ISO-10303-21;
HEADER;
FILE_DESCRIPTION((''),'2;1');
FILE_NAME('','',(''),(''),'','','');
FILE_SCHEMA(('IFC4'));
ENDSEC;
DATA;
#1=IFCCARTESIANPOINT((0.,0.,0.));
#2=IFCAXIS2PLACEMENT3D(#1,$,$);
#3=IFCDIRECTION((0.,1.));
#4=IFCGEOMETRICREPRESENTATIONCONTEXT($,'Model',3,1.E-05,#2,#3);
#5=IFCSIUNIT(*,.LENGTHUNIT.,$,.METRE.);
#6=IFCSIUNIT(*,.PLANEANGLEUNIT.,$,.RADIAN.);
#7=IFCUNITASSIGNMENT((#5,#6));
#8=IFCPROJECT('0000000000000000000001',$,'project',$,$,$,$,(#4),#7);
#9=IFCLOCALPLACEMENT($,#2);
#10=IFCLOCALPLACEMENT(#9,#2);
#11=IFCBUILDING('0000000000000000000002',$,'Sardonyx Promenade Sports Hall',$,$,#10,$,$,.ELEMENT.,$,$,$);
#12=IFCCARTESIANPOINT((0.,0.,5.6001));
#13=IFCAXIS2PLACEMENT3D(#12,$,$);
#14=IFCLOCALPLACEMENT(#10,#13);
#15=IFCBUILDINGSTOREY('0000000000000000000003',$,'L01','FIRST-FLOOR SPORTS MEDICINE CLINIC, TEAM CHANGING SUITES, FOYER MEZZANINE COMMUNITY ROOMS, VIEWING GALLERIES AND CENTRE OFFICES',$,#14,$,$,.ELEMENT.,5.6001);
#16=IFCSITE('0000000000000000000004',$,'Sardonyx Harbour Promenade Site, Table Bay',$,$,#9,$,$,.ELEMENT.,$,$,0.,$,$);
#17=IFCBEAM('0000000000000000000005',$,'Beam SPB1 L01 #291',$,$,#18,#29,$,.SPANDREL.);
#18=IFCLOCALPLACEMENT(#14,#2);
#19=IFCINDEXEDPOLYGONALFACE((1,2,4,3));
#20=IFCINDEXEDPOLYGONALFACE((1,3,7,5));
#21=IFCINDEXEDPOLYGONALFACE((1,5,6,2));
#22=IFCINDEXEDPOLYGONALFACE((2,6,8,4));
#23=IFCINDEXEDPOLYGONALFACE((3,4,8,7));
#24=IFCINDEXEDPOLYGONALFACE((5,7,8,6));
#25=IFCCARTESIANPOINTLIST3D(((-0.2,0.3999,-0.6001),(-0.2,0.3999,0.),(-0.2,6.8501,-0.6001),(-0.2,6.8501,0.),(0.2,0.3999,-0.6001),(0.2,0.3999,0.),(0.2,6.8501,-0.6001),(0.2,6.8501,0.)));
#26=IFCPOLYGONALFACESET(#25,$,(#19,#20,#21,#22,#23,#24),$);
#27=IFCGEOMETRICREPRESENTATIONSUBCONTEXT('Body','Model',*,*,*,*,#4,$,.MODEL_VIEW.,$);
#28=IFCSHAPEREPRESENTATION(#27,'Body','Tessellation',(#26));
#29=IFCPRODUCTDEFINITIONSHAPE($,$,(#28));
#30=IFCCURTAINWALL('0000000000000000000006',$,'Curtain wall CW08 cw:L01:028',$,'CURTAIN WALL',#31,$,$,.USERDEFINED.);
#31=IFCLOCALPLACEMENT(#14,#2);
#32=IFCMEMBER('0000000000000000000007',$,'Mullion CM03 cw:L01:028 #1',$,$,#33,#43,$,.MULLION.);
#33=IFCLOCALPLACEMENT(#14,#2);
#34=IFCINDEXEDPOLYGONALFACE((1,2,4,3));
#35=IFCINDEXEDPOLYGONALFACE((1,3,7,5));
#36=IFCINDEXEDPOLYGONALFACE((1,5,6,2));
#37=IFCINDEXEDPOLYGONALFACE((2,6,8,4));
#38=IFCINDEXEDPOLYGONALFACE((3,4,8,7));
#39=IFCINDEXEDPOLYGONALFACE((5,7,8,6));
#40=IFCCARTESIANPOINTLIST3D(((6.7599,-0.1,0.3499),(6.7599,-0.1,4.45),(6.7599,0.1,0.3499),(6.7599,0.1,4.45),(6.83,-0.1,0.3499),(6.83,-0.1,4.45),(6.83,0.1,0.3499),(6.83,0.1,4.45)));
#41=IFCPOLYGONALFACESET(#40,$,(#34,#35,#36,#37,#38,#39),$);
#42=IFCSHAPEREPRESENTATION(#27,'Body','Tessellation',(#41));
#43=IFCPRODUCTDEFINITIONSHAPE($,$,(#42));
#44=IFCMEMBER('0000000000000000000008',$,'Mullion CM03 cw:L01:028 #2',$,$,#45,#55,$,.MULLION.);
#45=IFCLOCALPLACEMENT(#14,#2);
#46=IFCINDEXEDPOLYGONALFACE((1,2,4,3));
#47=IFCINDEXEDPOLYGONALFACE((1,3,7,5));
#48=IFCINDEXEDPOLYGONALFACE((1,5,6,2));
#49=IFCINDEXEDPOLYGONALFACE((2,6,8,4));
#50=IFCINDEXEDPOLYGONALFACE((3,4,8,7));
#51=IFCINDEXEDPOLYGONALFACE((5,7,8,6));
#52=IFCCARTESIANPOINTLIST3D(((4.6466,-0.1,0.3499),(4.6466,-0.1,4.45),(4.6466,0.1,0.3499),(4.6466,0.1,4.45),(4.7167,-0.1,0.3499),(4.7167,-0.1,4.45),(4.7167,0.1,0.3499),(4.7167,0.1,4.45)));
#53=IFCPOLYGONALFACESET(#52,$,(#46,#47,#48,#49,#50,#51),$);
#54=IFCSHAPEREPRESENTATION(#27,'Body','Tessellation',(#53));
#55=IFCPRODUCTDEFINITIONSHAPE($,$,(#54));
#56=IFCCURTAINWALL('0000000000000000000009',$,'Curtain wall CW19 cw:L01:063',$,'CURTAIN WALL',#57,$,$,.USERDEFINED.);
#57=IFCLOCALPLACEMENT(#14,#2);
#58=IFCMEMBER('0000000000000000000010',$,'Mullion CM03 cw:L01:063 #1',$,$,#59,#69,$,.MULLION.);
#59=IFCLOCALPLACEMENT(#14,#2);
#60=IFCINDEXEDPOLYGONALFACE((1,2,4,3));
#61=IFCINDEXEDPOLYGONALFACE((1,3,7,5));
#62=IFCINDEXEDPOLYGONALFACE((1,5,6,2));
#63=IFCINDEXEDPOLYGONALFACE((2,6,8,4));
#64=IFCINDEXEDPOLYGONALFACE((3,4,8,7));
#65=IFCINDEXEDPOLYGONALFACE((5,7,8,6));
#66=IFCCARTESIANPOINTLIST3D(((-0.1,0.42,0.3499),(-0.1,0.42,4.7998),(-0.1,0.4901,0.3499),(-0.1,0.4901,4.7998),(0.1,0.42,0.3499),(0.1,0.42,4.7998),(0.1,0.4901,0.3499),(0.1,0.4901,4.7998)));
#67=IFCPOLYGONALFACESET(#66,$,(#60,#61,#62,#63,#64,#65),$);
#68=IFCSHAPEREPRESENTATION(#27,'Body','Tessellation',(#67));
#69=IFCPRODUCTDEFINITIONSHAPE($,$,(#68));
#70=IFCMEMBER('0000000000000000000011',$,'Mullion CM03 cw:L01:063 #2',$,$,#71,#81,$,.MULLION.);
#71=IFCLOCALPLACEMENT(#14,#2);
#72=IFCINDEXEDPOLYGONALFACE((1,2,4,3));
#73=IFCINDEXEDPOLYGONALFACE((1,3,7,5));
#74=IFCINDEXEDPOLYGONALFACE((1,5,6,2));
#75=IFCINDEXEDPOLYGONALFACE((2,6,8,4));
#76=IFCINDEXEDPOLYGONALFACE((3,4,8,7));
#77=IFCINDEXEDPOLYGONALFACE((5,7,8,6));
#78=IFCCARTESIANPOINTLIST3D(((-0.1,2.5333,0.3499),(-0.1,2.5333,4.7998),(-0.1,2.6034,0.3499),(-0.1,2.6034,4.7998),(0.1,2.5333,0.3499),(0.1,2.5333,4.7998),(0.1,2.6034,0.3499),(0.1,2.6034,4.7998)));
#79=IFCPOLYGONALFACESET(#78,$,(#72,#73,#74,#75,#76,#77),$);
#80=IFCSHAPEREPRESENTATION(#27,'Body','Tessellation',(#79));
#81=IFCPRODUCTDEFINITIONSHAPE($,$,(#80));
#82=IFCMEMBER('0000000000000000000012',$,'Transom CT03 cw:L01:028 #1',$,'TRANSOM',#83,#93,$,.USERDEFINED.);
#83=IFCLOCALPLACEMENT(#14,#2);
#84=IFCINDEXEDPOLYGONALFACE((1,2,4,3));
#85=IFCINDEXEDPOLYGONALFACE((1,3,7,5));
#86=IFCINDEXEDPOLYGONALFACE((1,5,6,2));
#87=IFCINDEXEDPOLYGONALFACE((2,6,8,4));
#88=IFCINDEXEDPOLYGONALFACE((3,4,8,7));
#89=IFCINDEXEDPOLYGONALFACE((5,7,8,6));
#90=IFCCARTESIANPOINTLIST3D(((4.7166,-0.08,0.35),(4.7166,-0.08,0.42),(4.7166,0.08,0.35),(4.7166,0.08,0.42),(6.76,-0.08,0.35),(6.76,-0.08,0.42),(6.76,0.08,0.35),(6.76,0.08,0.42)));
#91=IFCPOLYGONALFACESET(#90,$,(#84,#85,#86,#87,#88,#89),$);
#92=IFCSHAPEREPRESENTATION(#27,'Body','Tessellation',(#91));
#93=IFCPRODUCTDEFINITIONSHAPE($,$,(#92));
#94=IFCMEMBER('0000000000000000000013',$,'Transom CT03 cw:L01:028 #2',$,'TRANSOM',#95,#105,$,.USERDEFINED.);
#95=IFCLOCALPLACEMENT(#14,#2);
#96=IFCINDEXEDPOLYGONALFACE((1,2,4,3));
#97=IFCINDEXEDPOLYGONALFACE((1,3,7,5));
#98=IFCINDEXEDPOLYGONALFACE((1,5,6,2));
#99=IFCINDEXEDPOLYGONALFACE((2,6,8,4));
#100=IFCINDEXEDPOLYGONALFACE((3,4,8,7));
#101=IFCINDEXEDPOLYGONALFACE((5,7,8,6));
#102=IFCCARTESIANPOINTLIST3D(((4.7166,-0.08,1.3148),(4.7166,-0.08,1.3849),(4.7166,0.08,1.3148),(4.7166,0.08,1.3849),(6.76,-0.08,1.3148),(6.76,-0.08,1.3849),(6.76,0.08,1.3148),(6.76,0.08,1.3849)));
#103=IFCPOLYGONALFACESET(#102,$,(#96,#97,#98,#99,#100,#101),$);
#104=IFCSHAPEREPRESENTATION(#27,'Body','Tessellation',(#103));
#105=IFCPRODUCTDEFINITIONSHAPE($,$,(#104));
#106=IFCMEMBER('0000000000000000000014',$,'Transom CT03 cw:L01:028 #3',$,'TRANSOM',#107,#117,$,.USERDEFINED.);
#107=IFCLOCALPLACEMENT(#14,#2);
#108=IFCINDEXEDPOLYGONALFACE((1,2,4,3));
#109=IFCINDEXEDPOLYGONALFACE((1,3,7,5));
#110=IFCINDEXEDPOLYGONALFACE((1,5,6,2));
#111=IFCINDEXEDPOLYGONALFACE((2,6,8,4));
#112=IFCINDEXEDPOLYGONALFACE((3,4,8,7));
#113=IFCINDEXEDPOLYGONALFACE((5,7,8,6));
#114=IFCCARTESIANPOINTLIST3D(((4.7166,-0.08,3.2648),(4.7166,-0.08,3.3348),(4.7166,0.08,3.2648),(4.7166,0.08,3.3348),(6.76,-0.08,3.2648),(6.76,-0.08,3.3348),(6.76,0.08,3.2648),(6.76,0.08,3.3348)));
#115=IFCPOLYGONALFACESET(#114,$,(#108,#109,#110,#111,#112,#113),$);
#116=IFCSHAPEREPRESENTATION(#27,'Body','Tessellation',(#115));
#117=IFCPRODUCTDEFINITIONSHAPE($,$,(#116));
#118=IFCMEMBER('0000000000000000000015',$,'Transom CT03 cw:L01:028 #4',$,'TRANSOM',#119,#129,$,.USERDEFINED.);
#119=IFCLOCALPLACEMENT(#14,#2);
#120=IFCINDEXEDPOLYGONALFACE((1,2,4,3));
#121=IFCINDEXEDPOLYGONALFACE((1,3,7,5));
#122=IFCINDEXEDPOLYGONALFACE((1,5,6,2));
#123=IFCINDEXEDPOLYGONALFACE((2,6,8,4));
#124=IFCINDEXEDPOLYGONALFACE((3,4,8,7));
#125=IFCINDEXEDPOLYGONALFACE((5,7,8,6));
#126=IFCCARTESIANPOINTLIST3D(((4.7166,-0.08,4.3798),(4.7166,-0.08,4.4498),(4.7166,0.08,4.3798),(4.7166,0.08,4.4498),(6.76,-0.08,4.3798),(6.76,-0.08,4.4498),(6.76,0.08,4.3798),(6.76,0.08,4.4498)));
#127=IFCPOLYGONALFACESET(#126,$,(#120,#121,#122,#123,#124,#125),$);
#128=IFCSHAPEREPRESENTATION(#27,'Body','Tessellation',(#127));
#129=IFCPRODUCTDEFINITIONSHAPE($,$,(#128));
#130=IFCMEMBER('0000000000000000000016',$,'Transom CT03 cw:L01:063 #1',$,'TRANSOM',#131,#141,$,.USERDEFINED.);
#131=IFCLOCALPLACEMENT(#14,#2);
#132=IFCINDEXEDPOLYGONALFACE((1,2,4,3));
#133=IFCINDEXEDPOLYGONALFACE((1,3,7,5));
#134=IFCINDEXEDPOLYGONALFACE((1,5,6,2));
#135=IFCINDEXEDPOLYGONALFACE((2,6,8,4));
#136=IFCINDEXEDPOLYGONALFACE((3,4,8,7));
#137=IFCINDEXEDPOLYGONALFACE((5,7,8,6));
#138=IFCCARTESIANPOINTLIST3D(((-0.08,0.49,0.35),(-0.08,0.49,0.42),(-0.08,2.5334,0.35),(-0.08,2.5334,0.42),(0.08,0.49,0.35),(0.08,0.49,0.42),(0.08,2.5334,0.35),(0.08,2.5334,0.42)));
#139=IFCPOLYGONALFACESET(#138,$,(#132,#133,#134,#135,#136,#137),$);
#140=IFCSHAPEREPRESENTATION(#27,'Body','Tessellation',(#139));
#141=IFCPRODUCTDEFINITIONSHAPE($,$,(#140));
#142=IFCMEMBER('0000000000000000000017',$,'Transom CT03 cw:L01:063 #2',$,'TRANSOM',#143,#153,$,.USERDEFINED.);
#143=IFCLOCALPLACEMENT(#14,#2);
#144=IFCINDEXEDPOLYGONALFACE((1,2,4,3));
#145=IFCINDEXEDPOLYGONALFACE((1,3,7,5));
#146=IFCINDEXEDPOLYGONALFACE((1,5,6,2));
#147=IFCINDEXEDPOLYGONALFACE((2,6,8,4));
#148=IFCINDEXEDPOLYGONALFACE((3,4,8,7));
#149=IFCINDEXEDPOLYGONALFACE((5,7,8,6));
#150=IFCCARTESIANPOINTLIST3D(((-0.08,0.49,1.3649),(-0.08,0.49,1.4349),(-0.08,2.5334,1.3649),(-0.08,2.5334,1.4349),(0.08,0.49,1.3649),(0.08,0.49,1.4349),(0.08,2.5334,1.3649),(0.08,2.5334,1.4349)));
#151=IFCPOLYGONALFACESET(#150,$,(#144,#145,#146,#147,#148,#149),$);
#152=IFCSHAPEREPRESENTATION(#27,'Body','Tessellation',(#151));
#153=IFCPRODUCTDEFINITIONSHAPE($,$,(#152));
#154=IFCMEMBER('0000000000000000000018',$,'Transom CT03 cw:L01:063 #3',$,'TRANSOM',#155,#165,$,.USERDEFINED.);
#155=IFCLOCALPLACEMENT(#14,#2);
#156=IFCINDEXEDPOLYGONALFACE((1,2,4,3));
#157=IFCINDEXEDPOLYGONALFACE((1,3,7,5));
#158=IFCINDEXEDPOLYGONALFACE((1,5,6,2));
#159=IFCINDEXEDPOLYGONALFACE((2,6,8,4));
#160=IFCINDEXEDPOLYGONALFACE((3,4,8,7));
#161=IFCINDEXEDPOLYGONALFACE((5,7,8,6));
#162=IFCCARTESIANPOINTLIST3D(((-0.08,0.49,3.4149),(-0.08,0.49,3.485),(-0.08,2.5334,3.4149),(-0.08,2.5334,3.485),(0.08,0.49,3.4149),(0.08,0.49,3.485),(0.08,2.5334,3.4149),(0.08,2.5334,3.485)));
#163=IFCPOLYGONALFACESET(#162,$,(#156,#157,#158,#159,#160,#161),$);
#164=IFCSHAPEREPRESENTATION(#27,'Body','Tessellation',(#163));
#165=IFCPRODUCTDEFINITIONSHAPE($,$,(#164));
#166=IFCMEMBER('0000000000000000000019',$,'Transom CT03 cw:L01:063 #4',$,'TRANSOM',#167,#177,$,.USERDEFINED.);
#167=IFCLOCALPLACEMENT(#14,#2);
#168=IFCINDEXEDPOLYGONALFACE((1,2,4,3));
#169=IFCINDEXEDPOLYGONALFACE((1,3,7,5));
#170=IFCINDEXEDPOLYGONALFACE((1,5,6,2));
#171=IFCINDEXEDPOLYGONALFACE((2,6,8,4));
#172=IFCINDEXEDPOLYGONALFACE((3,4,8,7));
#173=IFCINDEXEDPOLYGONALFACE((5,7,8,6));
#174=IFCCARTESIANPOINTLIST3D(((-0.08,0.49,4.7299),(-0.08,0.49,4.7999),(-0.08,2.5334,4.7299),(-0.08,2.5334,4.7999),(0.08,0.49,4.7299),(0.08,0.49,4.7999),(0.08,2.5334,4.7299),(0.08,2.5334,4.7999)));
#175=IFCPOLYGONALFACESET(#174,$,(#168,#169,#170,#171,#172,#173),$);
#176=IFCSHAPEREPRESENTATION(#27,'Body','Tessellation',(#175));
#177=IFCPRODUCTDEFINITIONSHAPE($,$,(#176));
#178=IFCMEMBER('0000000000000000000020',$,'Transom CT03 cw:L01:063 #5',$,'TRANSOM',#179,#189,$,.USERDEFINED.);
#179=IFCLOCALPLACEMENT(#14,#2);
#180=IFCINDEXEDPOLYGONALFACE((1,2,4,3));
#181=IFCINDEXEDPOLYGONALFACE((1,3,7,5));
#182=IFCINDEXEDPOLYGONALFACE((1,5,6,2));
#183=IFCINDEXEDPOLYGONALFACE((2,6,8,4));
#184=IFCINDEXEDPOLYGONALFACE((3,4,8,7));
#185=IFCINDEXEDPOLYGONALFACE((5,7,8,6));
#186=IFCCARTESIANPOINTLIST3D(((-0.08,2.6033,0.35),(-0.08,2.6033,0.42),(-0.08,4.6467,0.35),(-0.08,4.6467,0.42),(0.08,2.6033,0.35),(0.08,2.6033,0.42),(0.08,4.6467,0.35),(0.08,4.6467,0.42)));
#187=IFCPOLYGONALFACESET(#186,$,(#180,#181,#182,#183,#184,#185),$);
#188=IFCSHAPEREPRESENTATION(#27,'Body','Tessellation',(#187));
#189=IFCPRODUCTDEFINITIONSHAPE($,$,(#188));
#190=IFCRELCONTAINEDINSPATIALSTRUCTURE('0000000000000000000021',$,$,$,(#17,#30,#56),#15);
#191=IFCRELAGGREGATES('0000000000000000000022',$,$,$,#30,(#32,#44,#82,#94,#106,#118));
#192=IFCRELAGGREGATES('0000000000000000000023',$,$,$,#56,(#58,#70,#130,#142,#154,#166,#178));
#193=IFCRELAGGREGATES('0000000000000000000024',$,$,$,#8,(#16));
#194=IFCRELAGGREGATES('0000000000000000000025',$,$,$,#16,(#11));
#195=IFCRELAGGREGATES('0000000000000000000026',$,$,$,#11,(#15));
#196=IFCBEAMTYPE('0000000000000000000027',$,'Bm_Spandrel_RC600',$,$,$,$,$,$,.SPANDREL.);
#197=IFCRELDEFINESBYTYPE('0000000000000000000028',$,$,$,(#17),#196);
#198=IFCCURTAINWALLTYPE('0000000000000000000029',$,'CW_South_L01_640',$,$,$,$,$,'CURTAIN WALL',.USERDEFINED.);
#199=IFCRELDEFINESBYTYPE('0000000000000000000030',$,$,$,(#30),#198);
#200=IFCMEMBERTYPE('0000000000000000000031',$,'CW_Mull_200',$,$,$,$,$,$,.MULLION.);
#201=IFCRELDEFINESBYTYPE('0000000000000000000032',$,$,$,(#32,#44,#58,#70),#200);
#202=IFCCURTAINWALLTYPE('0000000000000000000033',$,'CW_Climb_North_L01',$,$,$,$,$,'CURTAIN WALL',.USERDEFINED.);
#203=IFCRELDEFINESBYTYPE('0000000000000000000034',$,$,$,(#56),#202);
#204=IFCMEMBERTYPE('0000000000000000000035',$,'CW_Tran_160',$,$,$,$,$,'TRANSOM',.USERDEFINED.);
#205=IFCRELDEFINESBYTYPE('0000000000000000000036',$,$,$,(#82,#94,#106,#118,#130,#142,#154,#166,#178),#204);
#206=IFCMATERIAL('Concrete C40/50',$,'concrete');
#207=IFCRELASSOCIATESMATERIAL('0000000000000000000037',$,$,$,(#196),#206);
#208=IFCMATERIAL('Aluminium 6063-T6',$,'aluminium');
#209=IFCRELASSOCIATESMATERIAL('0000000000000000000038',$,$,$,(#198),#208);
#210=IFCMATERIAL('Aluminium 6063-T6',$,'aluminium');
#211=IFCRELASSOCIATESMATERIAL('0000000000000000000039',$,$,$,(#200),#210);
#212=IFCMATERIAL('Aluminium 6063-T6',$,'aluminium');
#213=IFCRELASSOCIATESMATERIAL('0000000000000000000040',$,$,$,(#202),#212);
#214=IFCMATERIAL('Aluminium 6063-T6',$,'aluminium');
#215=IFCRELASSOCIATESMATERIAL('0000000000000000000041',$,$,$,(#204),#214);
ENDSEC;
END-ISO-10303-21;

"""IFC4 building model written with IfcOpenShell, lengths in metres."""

from ifc_helpers import new_model, si_unit, direction, frame, origin, origin_2d, place, context, subcontext, project, spatial, rectangle, extrude, material, material_profile, profile_set, type_object, element, aggregate, save


model = new_model("IFC4")

# Units and contexts
model_context = context("Model", 3, precision=1e-05, world=origin(), true_north=direction((0.0, 1.0)))
body_context = subcontext(model_context, "Body", "Model", "MODEL_VIEW")
ifc_project = project(units=[si_unit("LENGTHUNIT", "METRE"), si_unit("PLANEANGLEUNIT", "RADIAN")], contexts=[model_context])

# Site, building, storey
site_placement = place(None, origin())
site = spatial("IfcSite", under=ifc_project, at=site_placement, Name="Sardonyx Harbour Promenade Site, Table Bay", CompositionType="ELEMENT", RefElevation=0.0)
building_placement = place(site_placement, origin())
building = spatial("IfcBuilding", under=site, at=building_placement, Name="Sardonyx Promenade Sports Hall", CompositionType="ELEMENT")
storey_placement = place(building_placement, frame((0.0, 0.0, 5.6001)))
storey = spatial("IfcBuildingStorey", under=building, at=storey_placement, Name="L01", Description="FIRST-FLOOR SPORTS MEDICINE CLINIC, TEAM CHANGING SUITES, FOYER MEZZANINE COMMUNITY ROOMS, VIEWING GALLERIES AND CENTRE OFFICES", CompositionType="ELEMENT", Elevation=5.6001)

# Beam
ifc_material_1 = material(Name="Concrete C40/50", Category="concrete")
ifc_material_profile_1 = material_profile(ifc_material_1, rectangle(XDim=0.3999, YDim=0.6001, at=origin_2d()))
ifc_profile_set_1 = profile_set([ifc_material_profile_1], Name="Concrete C40/50")
beam_type = type_object("IfcBeamType", Name="Bm_Spandrel_RC600", PredefinedType="SPANDREL", material=ifc_profile_set_1)
beam_placement = place(storey_placement, frame((0.0, 0.3999, -0.3), z_axis=(0.0, 1.0, 0.0), x_axis=(-1.0, 0.0, 0.0)))
element("IfcBeam", 1, at=beam_placement, inside=storey, type_object=beam_type, Name="Beam SPB1 L01 #291", PredefinedType="SPANDREL", context=body_context, shape_type="SweptSolid", body=[
    extrude(rectangle(XDim=0.3999, YDim=0.6001, at=origin_2d()), origin(), (0.0, 0.0, 1.0), 6.4502),
])

# Curtain walls, members
ifc_material_2 = material(Name="Aluminium 6063-T6", Category="aluminium")
curtain_wall_type_1 = type_object("IfcCurtainWallType", Name="CW_South_L01_640", ElementType="CURTAIN WALL", PredefinedType="USERDEFINED", material=ifc_material_2)
curtain_wall_1_placement = place(storey_placement, origin())
curtain_wall_1 = element("IfcCurtainWall", 2, at=curtain_wall_1_placement, inside=storey, type_object=curtain_wall_type_1, Name="Curtain wall CW08 cw:L01:028", ObjectType="CURTAIN WALL", PredefinedType="USERDEFINED")
ifc_material_3 = material(Name="Aluminium 6063-T6", Category="aluminium")
ifc_material_profile_2 = material_profile(ifc_material_3, rectangle(XDim=0.0701, YDim=0.2, at=origin_2d()))
ifc_profile_set_2 = profile_set([ifc_material_profile_2], Name="Aluminium 6063-T6")
member_type_1 = type_object("IfcMemberType", Name="CW_Mull_200", PredefinedType="MULLION", material=ifc_profile_set_2)
member_1_placement = place(storey_placement, frame((6.7949, 0.0, 0.3499), z_axis=(0.0, 0.0, 1.0), x_axis=(-1.0, 0.0, 0.0)))
member_1 = element("IfcMember", 3, at=member_1_placement, type_object=member_type_1, Name="Mullion CM03 cw:L01:028 #1", PredefinedType="MULLION", context=body_context, shape_type="SweptSolid", body=[
    extrude(rectangle(XDim=0.0701, YDim=0.2, at=origin_2d()), origin(), (0.0, 0.0, 1.0), 4.1001),
])
member_2_placement = place(storey_placement, frame((4.6816, 0.0, 0.3499), z_axis=(0.0, 0.0, 1.0), x_axis=(-1.0, 0.0, 0.0)))
member_2 = element("IfcMember", 4, at=member_2_placement, type_object=member_type_1, Name="Mullion CM03 cw:L01:028 #2", PredefinedType="MULLION", context=body_context, shape_type="SweptSolid", body=[
    extrude(rectangle(XDim=0.0701, YDim=0.2, at=origin_2d()), origin(), (0.0, 0.0, 1.0), 4.1001),
])
ifc_material_4 = material(Name="Aluminium 6063-T6", Category="aluminium")
curtain_wall_type_2 = type_object("IfcCurtainWallType", Name="CW_Climb_North_L01", ElementType="CURTAIN WALL", PredefinedType="USERDEFINED", material=ifc_material_4)
curtain_wall_2_placement = place(storey_placement, origin())
curtain_wall_2 = element("IfcCurtainWall", 5, at=curtain_wall_2_placement, inside=storey, type_object=curtain_wall_type_2, Name="Curtain wall CW19 cw:L01:063", ObjectType="CURTAIN WALL", PredefinedType="USERDEFINED")
member_3_placement = place(storey_placement, frame((0.0, 0.4551, 0.3499), z_axis=(0.0, 0.0, 1.0), x_axis=(0.0, 1.0, 0.0)))
member_3 = element("IfcMember", 6, at=member_3_placement, type_object=member_type_1, Name="Mullion CM03 cw:L01:063 #1", PredefinedType="MULLION", context=body_context, shape_type="SweptSolid", body=[
    extrude(rectangle(XDim=0.0701, YDim=0.2, at=origin_2d()), origin(), (0.0, 0.0, 1.0), 4.45),
])
member_4_placement = place(storey_placement, frame((0.0, 2.5684, 0.3499), z_axis=(0.0, 0.0, 1.0), x_axis=(0.0, 1.0, 0.0)))
member_4 = element("IfcMember", 7, at=member_4_placement, type_object=member_type_1, Name="Mullion CM03 cw:L01:063 #2", PredefinedType="MULLION", context=body_context, shape_type="SweptSolid", body=[
    extrude(rectangle(XDim=0.0701, YDim=0.2, at=origin_2d()), origin(), (0.0, 0.0, 1.0), 4.45),
])

# Members
ifc_material_5 = material(Name="Aluminium 6063-T6", Category="aluminium")
ifc_material_profile_3 = material_profile(ifc_material_5, rectangle(XDim=0.0701, YDim=0.1599, at=origin_2d()))
ifc_profile_set_3 = profile_set([ifc_material_profile_3], Name="Aluminium 6063-T6")
member_type_2 = type_object("IfcMemberType", Name="CW_Tran_160", ElementType="TRANSOM", PredefinedType="USERDEFINED", material=ifc_profile_set_3)
member_5_placement = place(storey_placement, frame((6.76, 0.0, 0.385), z_axis=(-1.0, 0.0, 0.0), x_axis=(0.0, 0.0, 1.0)))
member_5 = element("IfcMember", 8, at=member_5_placement, type_object=member_type_2, Name="Transom CT03 cw:L01:028 #1", ObjectType="TRANSOM", PredefinedType="USERDEFINED", context=body_context, shape_type="SweptSolid", body=[
    extrude(rectangle(XDim=0.0701, YDim=0.1599, at=origin_2d()), origin(), (0.0, 0.0, 1.0), 2.0435),
])
member_6_placement = place(storey_placement, frame((6.76, 0.0, 1.3499), z_axis=(-1.0, 0.0, 0.0), x_axis=(0.0, 0.0, 1.0)))
member_6 = element("IfcMember", 9, at=member_6_placement, type_object=member_type_2, Name="Transom CT03 cw:L01:028 #2", ObjectType="TRANSOM", PredefinedType="USERDEFINED", context=body_context, shape_type="SweptSolid", body=[
    extrude(rectangle(XDim=0.0701, YDim=0.1599, at=origin_2d()), origin(), (0.0, 0.0, 1.0), 2.0435),
])
member_7_placement = place(storey_placement, frame((6.76, 0.0, 3.2998), z_axis=(-1.0, 0.0, 0.0), x_axis=(0.0, 0.0, 1.0)))
member_7 = element("IfcMember", 10, at=member_7_placement, type_object=member_type_2, Name="Transom CT03 cw:L01:028 #3", ObjectType="TRANSOM", PredefinedType="USERDEFINED", context=body_context, shape_type="SweptSolid", body=[
    extrude(rectangle(XDim=0.0701, YDim=0.1599, at=origin_2d()), origin(), (0.0, 0.0, 1.0), 2.0435),
])
member_8_placement = place(storey_placement, frame((6.76, 0.0, 4.4148), z_axis=(-1.0, 0.0, 0.0), x_axis=(0.0, 0.0, 1.0)))
member_8 = element("IfcMember", 11, at=member_8_placement, type_object=member_type_2, Name="Transom CT03 cw:L01:028 #4", ObjectType="TRANSOM", PredefinedType="USERDEFINED", context=body_context, shape_type="SweptSolid", body=[
    extrude(rectangle(XDim=0.0701, YDim=0.1599, at=origin_2d()), origin(), (0.0, 0.0, 1.0), 2.0435),
])
member_9_placement = place(storey_placement, frame((0.0, 0.49, 0.385), z_axis=(0.0, 1.0, 0.0), x_axis=(0.0, 0.0, 1.0)))
member_9 = element("IfcMember", 12, at=member_9_placement, type_object=member_type_2, Name="Transom CT03 cw:L01:063 #1", ObjectType="TRANSOM", PredefinedType="USERDEFINED", context=body_context, shape_type="SweptSolid", body=[
    extrude(rectangle(XDim=0.0701, YDim=0.1599, at=origin_2d()), origin(), (0.0, 0.0, 1.0), 2.0435),
])
member_10_placement = place(storey_placement, frame((0.0, 0.49, 1.3999), z_axis=(0.0, 1.0, 0.0), x_axis=(0.0, 0.0, 1.0)))
member_10 = element("IfcMember", 13, at=member_10_placement, type_object=member_type_2, Name="Transom CT03 cw:L01:063 #2", ObjectType="TRANSOM", PredefinedType="USERDEFINED", context=body_context, shape_type="SweptSolid", body=[
    extrude(rectangle(XDim=0.0701, YDim=0.1599, at=origin_2d()), origin(), (0.0, 0.0, 1.0), 2.0435),
])
member_11_placement = place(storey_placement, frame((0.0, 0.49, 3.45), z_axis=(0.0, 1.0, 0.0), x_axis=(0.0, 0.0, 1.0)))
member_11 = element("IfcMember", 14, at=member_11_placement, type_object=member_type_2, Name="Transom CT03 cw:L01:063 #3", ObjectType="TRANSOM", PredefinedType="USERDEFINED", context=body_context, shape_type="SweptSolid", body=[
    extrude(rectangle(XDim=0.0701, YDim=0.1599, at=origin_2d()), origin(), (0.0, 0.0, 1.0), 2.0435),
])
member_12_placement = place(storey_placement, frame((0.0, 0.49, 4.7649), z_axis=(0.0, 1.0, 0.0), x_axis=(0.0, 0.0, 1.0)))
member_12 = element("IfcMember", 15, at=member_12_placement, type_object=member_type_2, Name="Transom CT03 cw:L01:063 #4", ObjectType="TRANSOM", PredefinedType="USERDEFINED", context=body_context, shape_type="SweptSolid", body=[
    extrude(rectangle(XDim=0.0701, YDim=0.1599, at=origin_2d()), origin(), (0.0, 0.0, 1.0), 2.0435),
])
member_13_placement = place(storey_placement, frame((0.0, 2.6033, 0.385), z_axis=(0.0, 1.0, 0.0), x_axis=(0.0, 0.0, 1.0)))
member_13 = element("IfcMember", 16, at=member_13_placement, type_object=member_type_2, Name="Transom CT03 cw:L01:063 #5", ObjectType="TRANSOM", PredefinedType="USERDEFINED", context=body_context, shape_type="SweptSolid", body=[
    extrude(rectangle(XDim=0.0701, YDim=0.1599, at=origin_2d()), origin(), (0.0, 0.0, 1.0), 2.0435),
])

aggregate(curtain_wall_1, [member_1, member_2, member_5, member_6, member_7, member_8])
aggregate(curtain_wall_2, [member_3, member_4, member_9, member_10, member_11, member_12, member_13])

save(model, "model.ifc")
